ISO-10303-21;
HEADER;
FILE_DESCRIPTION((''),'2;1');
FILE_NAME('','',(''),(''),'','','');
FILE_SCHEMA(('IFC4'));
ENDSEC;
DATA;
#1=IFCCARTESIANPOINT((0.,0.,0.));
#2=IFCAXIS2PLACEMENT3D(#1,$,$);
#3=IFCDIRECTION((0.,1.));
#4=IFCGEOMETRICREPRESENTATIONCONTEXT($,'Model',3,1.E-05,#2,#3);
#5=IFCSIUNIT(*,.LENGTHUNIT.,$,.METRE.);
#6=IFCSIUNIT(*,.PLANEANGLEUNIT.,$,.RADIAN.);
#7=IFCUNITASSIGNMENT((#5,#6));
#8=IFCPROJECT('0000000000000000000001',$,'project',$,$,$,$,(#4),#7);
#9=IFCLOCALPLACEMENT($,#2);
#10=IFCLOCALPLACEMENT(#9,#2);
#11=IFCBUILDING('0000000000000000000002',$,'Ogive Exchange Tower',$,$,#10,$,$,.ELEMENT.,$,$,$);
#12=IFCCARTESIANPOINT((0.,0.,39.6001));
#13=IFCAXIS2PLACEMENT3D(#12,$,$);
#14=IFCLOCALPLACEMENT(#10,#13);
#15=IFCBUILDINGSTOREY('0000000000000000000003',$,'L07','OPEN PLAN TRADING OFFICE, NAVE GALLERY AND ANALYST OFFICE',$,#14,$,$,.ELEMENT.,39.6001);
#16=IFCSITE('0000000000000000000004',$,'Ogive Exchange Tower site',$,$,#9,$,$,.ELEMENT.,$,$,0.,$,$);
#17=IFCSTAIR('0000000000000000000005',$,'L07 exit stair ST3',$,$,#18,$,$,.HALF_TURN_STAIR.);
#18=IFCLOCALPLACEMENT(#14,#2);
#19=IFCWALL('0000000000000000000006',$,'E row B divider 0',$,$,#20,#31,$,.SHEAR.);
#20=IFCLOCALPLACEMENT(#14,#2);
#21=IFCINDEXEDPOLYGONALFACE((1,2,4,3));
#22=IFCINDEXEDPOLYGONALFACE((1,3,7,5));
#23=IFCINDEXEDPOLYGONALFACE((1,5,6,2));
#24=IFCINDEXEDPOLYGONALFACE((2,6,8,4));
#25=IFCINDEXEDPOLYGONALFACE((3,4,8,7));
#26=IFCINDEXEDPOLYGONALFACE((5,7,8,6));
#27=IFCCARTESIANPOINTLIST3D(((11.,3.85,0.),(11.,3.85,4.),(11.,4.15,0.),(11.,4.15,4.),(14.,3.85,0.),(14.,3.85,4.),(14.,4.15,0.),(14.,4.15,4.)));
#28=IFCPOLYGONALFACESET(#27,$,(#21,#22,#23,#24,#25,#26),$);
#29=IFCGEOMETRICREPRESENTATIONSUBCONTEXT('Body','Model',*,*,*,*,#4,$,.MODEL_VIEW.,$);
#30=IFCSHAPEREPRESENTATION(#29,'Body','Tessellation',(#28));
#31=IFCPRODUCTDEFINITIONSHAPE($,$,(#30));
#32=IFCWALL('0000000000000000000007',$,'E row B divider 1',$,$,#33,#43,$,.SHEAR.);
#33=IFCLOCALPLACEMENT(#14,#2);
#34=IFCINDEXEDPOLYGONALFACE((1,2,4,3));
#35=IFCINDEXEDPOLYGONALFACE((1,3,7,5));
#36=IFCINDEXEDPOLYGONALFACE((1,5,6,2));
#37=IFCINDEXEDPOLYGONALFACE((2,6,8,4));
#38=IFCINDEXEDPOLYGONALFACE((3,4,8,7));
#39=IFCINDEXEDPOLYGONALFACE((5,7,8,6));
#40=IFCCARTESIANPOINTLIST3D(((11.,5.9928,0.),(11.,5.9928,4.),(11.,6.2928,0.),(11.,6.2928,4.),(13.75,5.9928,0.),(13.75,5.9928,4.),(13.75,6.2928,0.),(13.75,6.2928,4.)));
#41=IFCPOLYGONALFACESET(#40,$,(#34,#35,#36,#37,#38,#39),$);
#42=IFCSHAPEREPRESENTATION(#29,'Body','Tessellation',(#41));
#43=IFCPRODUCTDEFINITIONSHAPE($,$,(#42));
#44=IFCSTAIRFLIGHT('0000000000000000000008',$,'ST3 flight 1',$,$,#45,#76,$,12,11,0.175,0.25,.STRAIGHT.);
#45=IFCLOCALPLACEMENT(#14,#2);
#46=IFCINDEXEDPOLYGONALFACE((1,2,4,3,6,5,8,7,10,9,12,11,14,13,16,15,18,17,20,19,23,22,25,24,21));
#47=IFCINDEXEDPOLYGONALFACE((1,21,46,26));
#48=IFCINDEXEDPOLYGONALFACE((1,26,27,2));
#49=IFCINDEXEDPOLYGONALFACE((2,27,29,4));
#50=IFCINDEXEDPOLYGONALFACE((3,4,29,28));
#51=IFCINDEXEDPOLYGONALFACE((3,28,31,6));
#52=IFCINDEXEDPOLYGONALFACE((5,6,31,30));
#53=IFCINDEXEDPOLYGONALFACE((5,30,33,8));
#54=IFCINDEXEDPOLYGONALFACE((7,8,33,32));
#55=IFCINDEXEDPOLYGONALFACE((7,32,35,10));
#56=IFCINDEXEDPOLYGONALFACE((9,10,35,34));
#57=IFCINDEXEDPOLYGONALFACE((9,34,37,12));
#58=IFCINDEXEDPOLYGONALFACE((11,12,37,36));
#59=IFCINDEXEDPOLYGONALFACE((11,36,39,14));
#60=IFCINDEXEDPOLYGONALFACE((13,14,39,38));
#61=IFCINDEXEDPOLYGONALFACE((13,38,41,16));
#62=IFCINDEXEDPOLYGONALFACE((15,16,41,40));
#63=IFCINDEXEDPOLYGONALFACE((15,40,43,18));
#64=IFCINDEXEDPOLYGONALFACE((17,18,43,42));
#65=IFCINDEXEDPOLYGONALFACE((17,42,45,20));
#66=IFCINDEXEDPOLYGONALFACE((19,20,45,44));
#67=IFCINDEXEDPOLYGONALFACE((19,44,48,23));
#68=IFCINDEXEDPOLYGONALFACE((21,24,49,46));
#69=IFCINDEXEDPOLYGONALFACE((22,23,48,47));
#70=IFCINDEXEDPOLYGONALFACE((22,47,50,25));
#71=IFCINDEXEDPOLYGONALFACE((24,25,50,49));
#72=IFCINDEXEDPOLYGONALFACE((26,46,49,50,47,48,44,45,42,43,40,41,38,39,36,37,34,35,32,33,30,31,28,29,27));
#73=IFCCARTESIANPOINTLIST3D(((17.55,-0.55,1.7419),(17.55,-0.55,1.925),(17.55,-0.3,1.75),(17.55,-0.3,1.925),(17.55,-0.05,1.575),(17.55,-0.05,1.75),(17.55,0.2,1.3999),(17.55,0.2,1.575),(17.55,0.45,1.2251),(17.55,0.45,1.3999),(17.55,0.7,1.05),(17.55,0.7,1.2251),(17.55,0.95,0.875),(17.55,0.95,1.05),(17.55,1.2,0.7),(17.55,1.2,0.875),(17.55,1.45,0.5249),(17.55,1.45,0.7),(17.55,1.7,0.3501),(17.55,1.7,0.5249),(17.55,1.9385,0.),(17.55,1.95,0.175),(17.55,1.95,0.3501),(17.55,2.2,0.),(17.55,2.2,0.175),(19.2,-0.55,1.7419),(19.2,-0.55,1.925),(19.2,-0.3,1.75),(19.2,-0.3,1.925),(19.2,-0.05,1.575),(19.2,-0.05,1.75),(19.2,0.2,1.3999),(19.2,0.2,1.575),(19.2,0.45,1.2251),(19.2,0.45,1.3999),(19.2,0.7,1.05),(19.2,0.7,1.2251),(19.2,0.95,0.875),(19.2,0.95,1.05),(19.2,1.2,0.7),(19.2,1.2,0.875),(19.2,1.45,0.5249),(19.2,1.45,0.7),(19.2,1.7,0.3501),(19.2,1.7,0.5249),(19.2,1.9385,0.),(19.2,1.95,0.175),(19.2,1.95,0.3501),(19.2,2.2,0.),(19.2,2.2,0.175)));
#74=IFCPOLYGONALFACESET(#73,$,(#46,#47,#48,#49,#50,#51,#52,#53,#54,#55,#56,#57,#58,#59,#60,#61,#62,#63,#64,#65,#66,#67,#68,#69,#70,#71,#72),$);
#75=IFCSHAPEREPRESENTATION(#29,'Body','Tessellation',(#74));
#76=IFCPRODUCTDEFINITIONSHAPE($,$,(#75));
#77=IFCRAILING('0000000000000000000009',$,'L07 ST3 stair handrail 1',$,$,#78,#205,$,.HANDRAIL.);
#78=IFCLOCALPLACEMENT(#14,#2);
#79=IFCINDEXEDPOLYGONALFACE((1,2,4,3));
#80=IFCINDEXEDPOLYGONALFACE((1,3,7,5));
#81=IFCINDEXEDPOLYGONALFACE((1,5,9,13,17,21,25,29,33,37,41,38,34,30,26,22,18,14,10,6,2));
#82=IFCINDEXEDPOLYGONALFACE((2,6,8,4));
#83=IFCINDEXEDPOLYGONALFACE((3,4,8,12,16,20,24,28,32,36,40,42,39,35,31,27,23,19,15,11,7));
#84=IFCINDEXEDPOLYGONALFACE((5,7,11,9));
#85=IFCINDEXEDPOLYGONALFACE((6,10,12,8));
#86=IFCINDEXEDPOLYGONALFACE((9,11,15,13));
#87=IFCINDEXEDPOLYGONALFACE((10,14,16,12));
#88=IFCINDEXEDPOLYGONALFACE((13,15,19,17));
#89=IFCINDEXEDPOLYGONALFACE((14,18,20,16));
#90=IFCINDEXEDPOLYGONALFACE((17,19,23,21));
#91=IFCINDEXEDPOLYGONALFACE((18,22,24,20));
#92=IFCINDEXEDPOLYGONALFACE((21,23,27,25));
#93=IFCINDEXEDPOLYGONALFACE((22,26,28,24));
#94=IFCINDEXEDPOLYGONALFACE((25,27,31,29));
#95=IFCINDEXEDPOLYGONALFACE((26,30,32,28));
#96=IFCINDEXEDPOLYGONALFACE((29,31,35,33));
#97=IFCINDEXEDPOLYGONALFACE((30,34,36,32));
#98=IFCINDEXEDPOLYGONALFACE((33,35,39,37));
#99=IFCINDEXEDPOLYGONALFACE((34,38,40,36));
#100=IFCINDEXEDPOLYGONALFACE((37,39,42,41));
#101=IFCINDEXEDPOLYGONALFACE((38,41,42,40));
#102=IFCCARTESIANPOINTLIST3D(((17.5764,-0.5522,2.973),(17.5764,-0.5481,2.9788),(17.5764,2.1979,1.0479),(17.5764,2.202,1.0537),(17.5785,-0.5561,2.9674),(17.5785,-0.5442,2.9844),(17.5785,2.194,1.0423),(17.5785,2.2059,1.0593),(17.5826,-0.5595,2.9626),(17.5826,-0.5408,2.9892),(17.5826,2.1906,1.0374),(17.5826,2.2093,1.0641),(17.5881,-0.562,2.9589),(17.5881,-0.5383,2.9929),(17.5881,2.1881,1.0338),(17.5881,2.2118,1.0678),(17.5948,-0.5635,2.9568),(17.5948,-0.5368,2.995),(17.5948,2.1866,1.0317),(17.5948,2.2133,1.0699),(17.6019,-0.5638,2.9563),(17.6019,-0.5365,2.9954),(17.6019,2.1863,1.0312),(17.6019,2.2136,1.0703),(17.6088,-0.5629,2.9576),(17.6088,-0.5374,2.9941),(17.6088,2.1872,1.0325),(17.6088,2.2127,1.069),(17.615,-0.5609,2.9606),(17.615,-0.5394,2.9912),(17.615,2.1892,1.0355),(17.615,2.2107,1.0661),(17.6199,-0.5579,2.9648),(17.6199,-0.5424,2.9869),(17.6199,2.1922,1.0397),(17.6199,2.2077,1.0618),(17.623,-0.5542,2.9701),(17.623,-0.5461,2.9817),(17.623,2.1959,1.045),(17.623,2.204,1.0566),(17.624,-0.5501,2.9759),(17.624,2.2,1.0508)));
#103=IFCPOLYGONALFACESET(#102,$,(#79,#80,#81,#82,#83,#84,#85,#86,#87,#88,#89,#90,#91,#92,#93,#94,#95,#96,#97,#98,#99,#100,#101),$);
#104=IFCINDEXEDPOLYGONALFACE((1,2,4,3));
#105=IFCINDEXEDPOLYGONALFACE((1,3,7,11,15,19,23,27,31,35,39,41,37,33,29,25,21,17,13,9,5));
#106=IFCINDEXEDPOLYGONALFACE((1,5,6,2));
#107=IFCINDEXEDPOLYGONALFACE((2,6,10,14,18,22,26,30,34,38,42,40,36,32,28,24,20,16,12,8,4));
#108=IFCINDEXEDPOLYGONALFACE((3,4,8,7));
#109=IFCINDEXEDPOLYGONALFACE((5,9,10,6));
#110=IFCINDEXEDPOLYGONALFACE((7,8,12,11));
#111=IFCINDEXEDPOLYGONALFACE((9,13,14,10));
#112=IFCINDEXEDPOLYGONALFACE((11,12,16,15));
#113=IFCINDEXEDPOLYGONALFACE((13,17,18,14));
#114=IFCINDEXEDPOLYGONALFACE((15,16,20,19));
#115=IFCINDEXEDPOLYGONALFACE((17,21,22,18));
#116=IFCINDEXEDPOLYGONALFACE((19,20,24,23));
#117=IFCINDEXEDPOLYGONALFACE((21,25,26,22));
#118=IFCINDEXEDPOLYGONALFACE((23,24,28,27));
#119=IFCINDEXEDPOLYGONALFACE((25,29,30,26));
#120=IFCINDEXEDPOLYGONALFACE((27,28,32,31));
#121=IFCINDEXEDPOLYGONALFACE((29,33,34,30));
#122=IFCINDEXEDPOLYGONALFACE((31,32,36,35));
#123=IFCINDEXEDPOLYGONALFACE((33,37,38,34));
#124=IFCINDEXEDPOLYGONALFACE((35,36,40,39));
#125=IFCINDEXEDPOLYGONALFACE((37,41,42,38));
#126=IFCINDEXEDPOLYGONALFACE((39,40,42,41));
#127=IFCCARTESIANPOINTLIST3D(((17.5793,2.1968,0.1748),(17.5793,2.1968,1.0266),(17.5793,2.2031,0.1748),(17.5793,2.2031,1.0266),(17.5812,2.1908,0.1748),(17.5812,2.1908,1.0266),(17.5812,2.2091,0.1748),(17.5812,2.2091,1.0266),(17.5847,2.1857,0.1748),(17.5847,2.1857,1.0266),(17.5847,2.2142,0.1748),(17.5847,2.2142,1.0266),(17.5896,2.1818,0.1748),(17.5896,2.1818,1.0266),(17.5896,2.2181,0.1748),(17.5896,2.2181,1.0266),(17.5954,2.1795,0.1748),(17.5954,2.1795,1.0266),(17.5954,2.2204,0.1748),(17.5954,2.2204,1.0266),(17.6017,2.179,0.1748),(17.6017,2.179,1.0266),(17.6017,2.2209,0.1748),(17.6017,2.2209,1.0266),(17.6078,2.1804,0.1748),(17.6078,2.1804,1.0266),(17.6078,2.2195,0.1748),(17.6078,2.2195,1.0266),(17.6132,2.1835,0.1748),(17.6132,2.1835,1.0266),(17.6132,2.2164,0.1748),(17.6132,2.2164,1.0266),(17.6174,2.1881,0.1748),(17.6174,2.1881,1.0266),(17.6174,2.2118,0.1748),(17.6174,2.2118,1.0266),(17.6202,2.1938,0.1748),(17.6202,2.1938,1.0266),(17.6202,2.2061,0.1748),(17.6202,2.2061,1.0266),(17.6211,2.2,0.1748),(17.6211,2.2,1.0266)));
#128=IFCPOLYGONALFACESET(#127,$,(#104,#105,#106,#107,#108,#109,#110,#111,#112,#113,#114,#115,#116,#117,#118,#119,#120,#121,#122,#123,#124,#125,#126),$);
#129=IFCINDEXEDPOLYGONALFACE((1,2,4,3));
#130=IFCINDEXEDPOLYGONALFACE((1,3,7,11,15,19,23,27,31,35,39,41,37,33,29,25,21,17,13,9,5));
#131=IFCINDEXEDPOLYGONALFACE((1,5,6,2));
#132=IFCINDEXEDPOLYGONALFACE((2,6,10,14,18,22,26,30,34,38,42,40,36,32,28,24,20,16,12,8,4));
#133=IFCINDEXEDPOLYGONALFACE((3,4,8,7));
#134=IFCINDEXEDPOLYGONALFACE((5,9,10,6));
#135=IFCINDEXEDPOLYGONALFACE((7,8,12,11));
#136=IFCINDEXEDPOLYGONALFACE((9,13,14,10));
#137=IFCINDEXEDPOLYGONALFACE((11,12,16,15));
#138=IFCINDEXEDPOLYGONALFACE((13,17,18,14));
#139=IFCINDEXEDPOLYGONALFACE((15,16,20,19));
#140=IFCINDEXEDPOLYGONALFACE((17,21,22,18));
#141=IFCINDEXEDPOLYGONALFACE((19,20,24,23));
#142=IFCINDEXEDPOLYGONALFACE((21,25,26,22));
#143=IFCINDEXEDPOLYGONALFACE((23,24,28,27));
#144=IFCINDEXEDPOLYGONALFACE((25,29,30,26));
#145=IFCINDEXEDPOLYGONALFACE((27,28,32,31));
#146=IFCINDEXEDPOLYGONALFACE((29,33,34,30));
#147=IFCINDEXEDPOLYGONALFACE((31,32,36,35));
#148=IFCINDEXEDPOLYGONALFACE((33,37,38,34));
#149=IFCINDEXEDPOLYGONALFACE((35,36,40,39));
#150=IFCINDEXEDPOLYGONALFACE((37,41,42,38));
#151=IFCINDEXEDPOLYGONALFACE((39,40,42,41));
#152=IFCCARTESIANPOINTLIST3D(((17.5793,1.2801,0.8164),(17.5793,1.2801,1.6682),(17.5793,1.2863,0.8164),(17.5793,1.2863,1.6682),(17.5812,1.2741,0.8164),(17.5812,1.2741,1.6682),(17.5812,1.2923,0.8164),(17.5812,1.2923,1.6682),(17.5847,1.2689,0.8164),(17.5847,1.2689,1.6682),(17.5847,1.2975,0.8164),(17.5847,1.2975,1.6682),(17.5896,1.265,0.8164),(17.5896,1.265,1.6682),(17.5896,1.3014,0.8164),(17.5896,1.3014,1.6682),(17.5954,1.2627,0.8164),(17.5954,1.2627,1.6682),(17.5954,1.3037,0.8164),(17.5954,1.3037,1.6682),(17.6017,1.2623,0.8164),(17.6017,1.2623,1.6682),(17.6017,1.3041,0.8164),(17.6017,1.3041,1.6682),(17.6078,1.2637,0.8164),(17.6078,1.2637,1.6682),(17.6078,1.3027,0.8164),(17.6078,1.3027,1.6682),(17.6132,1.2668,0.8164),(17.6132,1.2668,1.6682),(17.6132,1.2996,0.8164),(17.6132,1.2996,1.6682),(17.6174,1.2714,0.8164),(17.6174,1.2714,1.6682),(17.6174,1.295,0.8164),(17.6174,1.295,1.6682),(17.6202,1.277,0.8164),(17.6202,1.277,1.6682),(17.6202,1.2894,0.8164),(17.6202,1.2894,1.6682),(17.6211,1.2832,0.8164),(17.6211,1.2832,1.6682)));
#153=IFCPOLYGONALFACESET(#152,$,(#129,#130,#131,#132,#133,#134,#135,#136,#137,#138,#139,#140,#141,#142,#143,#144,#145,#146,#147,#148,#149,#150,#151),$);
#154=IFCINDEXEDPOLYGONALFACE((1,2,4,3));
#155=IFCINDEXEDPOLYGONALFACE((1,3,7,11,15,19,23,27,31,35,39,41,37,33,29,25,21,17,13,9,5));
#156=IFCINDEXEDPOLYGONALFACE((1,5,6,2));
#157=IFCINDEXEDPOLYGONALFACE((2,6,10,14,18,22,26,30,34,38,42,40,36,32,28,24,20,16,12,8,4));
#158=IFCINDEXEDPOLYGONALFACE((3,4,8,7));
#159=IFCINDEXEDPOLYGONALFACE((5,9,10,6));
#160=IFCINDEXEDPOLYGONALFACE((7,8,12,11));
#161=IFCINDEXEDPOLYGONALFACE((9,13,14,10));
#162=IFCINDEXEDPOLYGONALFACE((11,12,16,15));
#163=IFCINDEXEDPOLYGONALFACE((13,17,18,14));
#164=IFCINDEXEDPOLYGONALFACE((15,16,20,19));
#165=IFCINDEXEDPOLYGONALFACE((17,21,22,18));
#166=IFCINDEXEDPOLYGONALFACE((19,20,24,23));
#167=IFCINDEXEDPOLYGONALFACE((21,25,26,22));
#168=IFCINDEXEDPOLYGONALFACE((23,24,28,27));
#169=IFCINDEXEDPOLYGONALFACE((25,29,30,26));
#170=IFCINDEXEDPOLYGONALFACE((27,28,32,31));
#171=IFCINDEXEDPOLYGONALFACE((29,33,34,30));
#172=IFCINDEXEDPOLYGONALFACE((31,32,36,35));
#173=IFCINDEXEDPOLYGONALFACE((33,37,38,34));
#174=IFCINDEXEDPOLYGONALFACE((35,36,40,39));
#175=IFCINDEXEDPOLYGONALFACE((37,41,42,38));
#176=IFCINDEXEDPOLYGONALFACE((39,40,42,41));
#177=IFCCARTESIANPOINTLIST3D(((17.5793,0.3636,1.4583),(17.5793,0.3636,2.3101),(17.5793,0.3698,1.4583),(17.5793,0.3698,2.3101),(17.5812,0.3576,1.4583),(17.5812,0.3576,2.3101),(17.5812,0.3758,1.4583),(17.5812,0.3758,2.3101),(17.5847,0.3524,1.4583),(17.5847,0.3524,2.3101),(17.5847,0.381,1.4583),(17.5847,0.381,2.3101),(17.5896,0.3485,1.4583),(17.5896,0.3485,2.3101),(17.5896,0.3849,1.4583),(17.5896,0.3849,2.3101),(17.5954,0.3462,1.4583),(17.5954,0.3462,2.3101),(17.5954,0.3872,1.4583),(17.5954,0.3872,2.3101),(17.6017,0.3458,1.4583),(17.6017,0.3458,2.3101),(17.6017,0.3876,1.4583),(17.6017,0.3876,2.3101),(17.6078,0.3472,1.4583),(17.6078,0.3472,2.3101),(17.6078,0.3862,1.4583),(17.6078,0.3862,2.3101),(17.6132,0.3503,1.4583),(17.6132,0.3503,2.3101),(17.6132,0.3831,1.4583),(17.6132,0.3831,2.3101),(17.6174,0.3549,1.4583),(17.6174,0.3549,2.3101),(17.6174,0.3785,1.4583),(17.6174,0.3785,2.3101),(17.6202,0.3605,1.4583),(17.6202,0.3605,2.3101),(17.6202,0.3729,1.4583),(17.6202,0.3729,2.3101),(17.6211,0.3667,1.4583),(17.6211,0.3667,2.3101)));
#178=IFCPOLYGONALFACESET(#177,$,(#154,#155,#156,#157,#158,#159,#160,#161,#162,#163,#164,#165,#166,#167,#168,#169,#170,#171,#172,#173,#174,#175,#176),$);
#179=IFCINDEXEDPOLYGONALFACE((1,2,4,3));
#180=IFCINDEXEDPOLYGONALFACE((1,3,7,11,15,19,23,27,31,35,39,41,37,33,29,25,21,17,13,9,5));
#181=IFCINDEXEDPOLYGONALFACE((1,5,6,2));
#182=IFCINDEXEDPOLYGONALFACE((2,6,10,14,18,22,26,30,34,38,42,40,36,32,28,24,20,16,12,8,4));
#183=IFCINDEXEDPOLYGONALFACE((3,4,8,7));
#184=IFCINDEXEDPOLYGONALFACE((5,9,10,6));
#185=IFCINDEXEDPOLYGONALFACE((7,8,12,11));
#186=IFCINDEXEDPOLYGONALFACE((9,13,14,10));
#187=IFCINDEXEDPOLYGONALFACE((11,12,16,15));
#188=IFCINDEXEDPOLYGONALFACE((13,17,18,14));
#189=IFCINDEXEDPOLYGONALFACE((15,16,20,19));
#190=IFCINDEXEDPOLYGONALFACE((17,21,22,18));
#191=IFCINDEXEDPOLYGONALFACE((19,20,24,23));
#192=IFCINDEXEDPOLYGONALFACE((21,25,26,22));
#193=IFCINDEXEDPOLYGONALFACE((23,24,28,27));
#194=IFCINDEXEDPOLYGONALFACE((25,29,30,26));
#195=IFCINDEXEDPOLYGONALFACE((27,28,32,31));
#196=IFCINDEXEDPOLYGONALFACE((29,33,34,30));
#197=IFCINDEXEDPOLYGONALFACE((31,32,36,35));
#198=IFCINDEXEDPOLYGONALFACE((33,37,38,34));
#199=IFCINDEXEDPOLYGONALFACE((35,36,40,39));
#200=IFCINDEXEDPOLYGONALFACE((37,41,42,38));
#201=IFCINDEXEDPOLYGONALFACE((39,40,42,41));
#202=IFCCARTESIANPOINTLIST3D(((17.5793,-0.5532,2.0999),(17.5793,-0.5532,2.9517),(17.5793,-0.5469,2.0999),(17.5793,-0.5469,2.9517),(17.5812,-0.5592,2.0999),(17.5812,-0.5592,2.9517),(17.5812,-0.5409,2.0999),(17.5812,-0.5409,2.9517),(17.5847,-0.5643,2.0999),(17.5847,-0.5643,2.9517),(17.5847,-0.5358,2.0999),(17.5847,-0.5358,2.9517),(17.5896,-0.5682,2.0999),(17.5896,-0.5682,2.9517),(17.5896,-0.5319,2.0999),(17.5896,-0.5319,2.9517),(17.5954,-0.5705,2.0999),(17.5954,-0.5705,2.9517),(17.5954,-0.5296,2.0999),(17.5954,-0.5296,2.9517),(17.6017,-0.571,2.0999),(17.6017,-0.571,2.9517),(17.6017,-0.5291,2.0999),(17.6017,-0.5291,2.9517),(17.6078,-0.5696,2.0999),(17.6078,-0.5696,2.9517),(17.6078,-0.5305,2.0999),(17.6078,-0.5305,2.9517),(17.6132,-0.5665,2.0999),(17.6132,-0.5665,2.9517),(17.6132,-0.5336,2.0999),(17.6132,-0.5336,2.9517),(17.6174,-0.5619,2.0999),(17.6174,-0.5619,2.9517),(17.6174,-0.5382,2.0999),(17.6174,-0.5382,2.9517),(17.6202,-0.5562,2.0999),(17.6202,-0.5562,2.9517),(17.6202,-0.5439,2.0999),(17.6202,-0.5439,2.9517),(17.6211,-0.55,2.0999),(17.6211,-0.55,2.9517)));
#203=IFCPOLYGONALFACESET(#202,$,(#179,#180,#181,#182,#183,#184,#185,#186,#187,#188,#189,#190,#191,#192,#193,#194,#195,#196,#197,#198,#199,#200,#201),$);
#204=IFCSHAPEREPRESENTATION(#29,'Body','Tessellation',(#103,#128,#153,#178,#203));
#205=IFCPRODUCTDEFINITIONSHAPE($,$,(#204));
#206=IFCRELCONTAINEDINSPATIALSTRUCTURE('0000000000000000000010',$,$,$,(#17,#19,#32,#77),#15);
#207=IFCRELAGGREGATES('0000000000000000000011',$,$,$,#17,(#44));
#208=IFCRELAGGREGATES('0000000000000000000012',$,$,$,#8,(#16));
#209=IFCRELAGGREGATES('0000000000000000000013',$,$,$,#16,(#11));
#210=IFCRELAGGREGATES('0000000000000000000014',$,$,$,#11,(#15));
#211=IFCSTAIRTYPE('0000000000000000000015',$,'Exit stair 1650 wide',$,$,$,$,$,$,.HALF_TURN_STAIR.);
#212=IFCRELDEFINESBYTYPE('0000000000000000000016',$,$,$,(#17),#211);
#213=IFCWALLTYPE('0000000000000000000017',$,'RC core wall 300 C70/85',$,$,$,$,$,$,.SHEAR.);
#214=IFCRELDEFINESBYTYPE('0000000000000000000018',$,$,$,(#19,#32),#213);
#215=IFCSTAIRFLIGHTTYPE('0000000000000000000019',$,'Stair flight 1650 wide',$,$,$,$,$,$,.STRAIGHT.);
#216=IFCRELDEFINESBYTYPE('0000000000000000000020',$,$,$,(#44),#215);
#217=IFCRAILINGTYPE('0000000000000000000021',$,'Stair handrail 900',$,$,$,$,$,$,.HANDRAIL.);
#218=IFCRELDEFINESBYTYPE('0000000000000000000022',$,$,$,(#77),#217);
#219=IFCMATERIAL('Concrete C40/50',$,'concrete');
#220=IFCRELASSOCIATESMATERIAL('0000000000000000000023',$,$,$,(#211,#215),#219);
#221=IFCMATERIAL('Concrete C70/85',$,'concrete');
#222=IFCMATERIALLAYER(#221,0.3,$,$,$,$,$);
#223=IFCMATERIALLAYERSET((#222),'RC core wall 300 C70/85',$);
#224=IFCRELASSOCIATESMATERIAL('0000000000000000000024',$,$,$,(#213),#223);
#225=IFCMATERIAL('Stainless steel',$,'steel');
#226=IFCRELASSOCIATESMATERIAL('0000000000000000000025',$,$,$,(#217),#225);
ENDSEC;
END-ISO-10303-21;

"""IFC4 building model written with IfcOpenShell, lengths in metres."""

from ifc_helpers import new_model, si_unit, direction, frame, frame_2d, origin, origin_2d, place, context, subcontext, project, spatial, polyline, rectangle, circle, outline, extrude, material, layer, layer_set, type_object, element, aggregate, save


model = new_model("IFC4")

# Units and contexts
model_context = context("Model", 3, precision=1e-05, world=origin(), true_north=direction((0.0, 1.0)))
body_context = subcontext(model_context, "Body", "Model", "MODEL_VIEW")
ifc_project = project(units=[si_unit("LENGTHUNIT", "METRE"), si_unit("PLANEANGLEUNIT", "RADIAN")], contexts=[model_context])

# Site, building, storey
site_placement = place(None, origin())
site = spatial("IfcSite", under=ifc_project, at=site_placement, Name="Ogive Exchange Tower site", CompositionType="ELEMENT", RefElevation=0.0)
building_placement = place(site_placement, origin())
building = spatial("IfcBuilding", under=site, at=building_placement, Name="Ogive Exchange Tower", CompositionType="ELEMENT")
storey_placement = place(building_placement, frame((0.0, 0.0, 39.6001)))
storey = spatial("IfcBuildingStorey", under=building, at=storey_placement, Name="L07", Description="OPEN PLAN TRADING OFFICE, NAVE GALLERY AND ANALYST OFFICE", CompositionType="ELEMENT", Elevation=39.6001)

# Shared definitions
ifc_material_1 = material(Name="Concrete C70/85", Category="concrete")

# Stair
ifc_material_2 = material(Name="Concrete C40/50", Category="concrete")
stair_type = type_object("IfcStairType", Name="Exit stair 1650 wide", PredefinedType="HALF_TURN_STAIR", material=ifc_material_2)
stair_1_placement = place(storey_placement, origin())
stair_1 = element("IfcStair", 1, at=stair_1_placement, inside=storey, type_object=stair_type, Name="L07 exit stair ST3", PredefinedType="HALF_TURN_STAIR")

# Shared definitions
ifc_material_3 = material(Name="Stainless steel", Category="steel")

# Walls
ifc_layer_1 = layer(ifc_material_1, 0.3)
ifc_layer_set_1 = layer_set([ifc_layer_1], Name="RC core wall 300 C70/85")
wall_type_1 = type_object("IfcWallType", Name="RC core wall 300 C70/85", PredefinedType="SHEAR", material=ifc_layer_set_1)
wall_1_placement = place(storey_placement, frame((11.0, 4.0, 0.0), z_axis=(0.0, 0.0, 1.0), x_axis=(1.0, 0.0, 0.0)))
element("IfcWall", 2, at=wall_1_placement, inside=storey, type_object=wall_type_1, Name="E row B divider 0", PredefinedType="SHEAR", context=body_context, shape_type="SweptSolid", body=[
    extrude(rectangle(XDim=3.0, YDim=0.3, at=frame_2d((1.5, 0.0))), origin(), (0.0, 0.0, 1.0), 4.0),
])
wall_2_placement = place(storey_placement, frame((11.0, 6.1428, 0.0), z_axis=(0.0, 0.0, 1.0), x_axis=(1.0, 0.0, 0.0)))
element("IfcWall", 3, at=wall_2_placement, inside=storey, type_object=wall_type_1, Name="E row B divider 1", PredefinedType="SHEAR", context=body_context, shape_type="SweptSolid", body=[
    extrude(rectangle(XDim=2.75, YDim=0.3, at=frame_2d((1.375, 0.0))), origin(), (0.0, 0.0, 1.0), 4.0),
])

# Stair flight
stair_flight_type = type_object("IfcStairFlightType", Name="Stair flight 1650 wide", PredefinedType="STRAIGHT", material=ifc_material_2)
stair_flight_placement = place(storey_placement, frame((18.375, 2.2, 0.0), z_axis=(0.0, 0.0, 1.0), x_axis=(0.0, -1.0, 0.0)))
stair_flight = element("IfcStairFlight", 4, at=stair_flight_placement, type_object=stair_flight_type, Name="ST3 flight 1", NumberOfRisers=12, NumberOfTreads=11, PredefinedType="STRAIGHT", RiserHeight=0.175, TreadLength=0.25, context=body_context, shape_type="SweptSolid", body=[
    extrude(outline(polyline([(0.0, 0.0), (0.0, 0.175), (0.25, 0.175), (0.25, 0.3501), (0.5, 0.3501), (0.5, 0.5249), (0.75, 0.5249), (0.75, 0.7), (1.0, 0.7), (1.0, 0.875), (1.25, 0.875), (1.25, 1.05), (1.5, 1.05), (1.5, 1.2251), (1.75, 1.2251), (1.75, 1.3999), (2.0, 1.3999), (2.0, 1.575), (2.25, 1.575), (2.25, 1.75), (2.5, 1.75), (2.5, 1.925), (2.75, 1.925), (2.75, 2.1001), (2.75, 1.7419), (0.2615, 0.0), (0.0, 0.0)])), frame((0.0, 0.825, 0.0), z_axis=(0.0, -1.0, 0.0), x_axis=(1.0, 0.0, 0.0)), (0.0, 0.0, 1.0), 1.6499),
])
aggregate(stair_1, [stair_flight])

# Railing
railing_type = type_object("IfcRailingType", Name="Stair handrail 900", PredefinedType="HANDRAIL", material=ifc_material_3)
railing_placement = place(storey_placement, frame((17.6001, 2.2, 0.1748)))
element("IfcRailing", 5, at=railing_placement, inside=storey, type_object=railing_type, Name="L07 ST3 stair handrail 1", PredefinedType="HANDRAIL", context=body_context, shape_type="SweptSolid", body=[
    extrude(circle(Radius=0.0239, at=origin_2d()), frame((0.0, 0.0, 0.876), z_axis=(0.0, -0.819225, 0.573472), x_axis=(1.0, 0.0, 0.0)), (0.0, 0.0, 1.0), 3.3569),
    extrude(circle(Radius=0.021, at=origin_2d()), origin(), (0.0, 0.0, 1.0), 0.8518),
    extrude(circle(Radius=0.021, at=origin_2d()), frame((0.0, -0.9167, 0.6416)), (0.0, 0.0, 1.0), 0.8518),
    extrude(circle(Radius=0.021, at=origin_2d()), frame((0.0, -1.8333, 1.2834)), (0.0, 0.0, 1.0), 0.8518),
    extrude(circle(Radius=0.021, at=origin_2d()), frame((0.0, -2.75, 1.925)), (0.0, 0.0, 1.0), 0.8518),
])

save(model, "model.ifc")
